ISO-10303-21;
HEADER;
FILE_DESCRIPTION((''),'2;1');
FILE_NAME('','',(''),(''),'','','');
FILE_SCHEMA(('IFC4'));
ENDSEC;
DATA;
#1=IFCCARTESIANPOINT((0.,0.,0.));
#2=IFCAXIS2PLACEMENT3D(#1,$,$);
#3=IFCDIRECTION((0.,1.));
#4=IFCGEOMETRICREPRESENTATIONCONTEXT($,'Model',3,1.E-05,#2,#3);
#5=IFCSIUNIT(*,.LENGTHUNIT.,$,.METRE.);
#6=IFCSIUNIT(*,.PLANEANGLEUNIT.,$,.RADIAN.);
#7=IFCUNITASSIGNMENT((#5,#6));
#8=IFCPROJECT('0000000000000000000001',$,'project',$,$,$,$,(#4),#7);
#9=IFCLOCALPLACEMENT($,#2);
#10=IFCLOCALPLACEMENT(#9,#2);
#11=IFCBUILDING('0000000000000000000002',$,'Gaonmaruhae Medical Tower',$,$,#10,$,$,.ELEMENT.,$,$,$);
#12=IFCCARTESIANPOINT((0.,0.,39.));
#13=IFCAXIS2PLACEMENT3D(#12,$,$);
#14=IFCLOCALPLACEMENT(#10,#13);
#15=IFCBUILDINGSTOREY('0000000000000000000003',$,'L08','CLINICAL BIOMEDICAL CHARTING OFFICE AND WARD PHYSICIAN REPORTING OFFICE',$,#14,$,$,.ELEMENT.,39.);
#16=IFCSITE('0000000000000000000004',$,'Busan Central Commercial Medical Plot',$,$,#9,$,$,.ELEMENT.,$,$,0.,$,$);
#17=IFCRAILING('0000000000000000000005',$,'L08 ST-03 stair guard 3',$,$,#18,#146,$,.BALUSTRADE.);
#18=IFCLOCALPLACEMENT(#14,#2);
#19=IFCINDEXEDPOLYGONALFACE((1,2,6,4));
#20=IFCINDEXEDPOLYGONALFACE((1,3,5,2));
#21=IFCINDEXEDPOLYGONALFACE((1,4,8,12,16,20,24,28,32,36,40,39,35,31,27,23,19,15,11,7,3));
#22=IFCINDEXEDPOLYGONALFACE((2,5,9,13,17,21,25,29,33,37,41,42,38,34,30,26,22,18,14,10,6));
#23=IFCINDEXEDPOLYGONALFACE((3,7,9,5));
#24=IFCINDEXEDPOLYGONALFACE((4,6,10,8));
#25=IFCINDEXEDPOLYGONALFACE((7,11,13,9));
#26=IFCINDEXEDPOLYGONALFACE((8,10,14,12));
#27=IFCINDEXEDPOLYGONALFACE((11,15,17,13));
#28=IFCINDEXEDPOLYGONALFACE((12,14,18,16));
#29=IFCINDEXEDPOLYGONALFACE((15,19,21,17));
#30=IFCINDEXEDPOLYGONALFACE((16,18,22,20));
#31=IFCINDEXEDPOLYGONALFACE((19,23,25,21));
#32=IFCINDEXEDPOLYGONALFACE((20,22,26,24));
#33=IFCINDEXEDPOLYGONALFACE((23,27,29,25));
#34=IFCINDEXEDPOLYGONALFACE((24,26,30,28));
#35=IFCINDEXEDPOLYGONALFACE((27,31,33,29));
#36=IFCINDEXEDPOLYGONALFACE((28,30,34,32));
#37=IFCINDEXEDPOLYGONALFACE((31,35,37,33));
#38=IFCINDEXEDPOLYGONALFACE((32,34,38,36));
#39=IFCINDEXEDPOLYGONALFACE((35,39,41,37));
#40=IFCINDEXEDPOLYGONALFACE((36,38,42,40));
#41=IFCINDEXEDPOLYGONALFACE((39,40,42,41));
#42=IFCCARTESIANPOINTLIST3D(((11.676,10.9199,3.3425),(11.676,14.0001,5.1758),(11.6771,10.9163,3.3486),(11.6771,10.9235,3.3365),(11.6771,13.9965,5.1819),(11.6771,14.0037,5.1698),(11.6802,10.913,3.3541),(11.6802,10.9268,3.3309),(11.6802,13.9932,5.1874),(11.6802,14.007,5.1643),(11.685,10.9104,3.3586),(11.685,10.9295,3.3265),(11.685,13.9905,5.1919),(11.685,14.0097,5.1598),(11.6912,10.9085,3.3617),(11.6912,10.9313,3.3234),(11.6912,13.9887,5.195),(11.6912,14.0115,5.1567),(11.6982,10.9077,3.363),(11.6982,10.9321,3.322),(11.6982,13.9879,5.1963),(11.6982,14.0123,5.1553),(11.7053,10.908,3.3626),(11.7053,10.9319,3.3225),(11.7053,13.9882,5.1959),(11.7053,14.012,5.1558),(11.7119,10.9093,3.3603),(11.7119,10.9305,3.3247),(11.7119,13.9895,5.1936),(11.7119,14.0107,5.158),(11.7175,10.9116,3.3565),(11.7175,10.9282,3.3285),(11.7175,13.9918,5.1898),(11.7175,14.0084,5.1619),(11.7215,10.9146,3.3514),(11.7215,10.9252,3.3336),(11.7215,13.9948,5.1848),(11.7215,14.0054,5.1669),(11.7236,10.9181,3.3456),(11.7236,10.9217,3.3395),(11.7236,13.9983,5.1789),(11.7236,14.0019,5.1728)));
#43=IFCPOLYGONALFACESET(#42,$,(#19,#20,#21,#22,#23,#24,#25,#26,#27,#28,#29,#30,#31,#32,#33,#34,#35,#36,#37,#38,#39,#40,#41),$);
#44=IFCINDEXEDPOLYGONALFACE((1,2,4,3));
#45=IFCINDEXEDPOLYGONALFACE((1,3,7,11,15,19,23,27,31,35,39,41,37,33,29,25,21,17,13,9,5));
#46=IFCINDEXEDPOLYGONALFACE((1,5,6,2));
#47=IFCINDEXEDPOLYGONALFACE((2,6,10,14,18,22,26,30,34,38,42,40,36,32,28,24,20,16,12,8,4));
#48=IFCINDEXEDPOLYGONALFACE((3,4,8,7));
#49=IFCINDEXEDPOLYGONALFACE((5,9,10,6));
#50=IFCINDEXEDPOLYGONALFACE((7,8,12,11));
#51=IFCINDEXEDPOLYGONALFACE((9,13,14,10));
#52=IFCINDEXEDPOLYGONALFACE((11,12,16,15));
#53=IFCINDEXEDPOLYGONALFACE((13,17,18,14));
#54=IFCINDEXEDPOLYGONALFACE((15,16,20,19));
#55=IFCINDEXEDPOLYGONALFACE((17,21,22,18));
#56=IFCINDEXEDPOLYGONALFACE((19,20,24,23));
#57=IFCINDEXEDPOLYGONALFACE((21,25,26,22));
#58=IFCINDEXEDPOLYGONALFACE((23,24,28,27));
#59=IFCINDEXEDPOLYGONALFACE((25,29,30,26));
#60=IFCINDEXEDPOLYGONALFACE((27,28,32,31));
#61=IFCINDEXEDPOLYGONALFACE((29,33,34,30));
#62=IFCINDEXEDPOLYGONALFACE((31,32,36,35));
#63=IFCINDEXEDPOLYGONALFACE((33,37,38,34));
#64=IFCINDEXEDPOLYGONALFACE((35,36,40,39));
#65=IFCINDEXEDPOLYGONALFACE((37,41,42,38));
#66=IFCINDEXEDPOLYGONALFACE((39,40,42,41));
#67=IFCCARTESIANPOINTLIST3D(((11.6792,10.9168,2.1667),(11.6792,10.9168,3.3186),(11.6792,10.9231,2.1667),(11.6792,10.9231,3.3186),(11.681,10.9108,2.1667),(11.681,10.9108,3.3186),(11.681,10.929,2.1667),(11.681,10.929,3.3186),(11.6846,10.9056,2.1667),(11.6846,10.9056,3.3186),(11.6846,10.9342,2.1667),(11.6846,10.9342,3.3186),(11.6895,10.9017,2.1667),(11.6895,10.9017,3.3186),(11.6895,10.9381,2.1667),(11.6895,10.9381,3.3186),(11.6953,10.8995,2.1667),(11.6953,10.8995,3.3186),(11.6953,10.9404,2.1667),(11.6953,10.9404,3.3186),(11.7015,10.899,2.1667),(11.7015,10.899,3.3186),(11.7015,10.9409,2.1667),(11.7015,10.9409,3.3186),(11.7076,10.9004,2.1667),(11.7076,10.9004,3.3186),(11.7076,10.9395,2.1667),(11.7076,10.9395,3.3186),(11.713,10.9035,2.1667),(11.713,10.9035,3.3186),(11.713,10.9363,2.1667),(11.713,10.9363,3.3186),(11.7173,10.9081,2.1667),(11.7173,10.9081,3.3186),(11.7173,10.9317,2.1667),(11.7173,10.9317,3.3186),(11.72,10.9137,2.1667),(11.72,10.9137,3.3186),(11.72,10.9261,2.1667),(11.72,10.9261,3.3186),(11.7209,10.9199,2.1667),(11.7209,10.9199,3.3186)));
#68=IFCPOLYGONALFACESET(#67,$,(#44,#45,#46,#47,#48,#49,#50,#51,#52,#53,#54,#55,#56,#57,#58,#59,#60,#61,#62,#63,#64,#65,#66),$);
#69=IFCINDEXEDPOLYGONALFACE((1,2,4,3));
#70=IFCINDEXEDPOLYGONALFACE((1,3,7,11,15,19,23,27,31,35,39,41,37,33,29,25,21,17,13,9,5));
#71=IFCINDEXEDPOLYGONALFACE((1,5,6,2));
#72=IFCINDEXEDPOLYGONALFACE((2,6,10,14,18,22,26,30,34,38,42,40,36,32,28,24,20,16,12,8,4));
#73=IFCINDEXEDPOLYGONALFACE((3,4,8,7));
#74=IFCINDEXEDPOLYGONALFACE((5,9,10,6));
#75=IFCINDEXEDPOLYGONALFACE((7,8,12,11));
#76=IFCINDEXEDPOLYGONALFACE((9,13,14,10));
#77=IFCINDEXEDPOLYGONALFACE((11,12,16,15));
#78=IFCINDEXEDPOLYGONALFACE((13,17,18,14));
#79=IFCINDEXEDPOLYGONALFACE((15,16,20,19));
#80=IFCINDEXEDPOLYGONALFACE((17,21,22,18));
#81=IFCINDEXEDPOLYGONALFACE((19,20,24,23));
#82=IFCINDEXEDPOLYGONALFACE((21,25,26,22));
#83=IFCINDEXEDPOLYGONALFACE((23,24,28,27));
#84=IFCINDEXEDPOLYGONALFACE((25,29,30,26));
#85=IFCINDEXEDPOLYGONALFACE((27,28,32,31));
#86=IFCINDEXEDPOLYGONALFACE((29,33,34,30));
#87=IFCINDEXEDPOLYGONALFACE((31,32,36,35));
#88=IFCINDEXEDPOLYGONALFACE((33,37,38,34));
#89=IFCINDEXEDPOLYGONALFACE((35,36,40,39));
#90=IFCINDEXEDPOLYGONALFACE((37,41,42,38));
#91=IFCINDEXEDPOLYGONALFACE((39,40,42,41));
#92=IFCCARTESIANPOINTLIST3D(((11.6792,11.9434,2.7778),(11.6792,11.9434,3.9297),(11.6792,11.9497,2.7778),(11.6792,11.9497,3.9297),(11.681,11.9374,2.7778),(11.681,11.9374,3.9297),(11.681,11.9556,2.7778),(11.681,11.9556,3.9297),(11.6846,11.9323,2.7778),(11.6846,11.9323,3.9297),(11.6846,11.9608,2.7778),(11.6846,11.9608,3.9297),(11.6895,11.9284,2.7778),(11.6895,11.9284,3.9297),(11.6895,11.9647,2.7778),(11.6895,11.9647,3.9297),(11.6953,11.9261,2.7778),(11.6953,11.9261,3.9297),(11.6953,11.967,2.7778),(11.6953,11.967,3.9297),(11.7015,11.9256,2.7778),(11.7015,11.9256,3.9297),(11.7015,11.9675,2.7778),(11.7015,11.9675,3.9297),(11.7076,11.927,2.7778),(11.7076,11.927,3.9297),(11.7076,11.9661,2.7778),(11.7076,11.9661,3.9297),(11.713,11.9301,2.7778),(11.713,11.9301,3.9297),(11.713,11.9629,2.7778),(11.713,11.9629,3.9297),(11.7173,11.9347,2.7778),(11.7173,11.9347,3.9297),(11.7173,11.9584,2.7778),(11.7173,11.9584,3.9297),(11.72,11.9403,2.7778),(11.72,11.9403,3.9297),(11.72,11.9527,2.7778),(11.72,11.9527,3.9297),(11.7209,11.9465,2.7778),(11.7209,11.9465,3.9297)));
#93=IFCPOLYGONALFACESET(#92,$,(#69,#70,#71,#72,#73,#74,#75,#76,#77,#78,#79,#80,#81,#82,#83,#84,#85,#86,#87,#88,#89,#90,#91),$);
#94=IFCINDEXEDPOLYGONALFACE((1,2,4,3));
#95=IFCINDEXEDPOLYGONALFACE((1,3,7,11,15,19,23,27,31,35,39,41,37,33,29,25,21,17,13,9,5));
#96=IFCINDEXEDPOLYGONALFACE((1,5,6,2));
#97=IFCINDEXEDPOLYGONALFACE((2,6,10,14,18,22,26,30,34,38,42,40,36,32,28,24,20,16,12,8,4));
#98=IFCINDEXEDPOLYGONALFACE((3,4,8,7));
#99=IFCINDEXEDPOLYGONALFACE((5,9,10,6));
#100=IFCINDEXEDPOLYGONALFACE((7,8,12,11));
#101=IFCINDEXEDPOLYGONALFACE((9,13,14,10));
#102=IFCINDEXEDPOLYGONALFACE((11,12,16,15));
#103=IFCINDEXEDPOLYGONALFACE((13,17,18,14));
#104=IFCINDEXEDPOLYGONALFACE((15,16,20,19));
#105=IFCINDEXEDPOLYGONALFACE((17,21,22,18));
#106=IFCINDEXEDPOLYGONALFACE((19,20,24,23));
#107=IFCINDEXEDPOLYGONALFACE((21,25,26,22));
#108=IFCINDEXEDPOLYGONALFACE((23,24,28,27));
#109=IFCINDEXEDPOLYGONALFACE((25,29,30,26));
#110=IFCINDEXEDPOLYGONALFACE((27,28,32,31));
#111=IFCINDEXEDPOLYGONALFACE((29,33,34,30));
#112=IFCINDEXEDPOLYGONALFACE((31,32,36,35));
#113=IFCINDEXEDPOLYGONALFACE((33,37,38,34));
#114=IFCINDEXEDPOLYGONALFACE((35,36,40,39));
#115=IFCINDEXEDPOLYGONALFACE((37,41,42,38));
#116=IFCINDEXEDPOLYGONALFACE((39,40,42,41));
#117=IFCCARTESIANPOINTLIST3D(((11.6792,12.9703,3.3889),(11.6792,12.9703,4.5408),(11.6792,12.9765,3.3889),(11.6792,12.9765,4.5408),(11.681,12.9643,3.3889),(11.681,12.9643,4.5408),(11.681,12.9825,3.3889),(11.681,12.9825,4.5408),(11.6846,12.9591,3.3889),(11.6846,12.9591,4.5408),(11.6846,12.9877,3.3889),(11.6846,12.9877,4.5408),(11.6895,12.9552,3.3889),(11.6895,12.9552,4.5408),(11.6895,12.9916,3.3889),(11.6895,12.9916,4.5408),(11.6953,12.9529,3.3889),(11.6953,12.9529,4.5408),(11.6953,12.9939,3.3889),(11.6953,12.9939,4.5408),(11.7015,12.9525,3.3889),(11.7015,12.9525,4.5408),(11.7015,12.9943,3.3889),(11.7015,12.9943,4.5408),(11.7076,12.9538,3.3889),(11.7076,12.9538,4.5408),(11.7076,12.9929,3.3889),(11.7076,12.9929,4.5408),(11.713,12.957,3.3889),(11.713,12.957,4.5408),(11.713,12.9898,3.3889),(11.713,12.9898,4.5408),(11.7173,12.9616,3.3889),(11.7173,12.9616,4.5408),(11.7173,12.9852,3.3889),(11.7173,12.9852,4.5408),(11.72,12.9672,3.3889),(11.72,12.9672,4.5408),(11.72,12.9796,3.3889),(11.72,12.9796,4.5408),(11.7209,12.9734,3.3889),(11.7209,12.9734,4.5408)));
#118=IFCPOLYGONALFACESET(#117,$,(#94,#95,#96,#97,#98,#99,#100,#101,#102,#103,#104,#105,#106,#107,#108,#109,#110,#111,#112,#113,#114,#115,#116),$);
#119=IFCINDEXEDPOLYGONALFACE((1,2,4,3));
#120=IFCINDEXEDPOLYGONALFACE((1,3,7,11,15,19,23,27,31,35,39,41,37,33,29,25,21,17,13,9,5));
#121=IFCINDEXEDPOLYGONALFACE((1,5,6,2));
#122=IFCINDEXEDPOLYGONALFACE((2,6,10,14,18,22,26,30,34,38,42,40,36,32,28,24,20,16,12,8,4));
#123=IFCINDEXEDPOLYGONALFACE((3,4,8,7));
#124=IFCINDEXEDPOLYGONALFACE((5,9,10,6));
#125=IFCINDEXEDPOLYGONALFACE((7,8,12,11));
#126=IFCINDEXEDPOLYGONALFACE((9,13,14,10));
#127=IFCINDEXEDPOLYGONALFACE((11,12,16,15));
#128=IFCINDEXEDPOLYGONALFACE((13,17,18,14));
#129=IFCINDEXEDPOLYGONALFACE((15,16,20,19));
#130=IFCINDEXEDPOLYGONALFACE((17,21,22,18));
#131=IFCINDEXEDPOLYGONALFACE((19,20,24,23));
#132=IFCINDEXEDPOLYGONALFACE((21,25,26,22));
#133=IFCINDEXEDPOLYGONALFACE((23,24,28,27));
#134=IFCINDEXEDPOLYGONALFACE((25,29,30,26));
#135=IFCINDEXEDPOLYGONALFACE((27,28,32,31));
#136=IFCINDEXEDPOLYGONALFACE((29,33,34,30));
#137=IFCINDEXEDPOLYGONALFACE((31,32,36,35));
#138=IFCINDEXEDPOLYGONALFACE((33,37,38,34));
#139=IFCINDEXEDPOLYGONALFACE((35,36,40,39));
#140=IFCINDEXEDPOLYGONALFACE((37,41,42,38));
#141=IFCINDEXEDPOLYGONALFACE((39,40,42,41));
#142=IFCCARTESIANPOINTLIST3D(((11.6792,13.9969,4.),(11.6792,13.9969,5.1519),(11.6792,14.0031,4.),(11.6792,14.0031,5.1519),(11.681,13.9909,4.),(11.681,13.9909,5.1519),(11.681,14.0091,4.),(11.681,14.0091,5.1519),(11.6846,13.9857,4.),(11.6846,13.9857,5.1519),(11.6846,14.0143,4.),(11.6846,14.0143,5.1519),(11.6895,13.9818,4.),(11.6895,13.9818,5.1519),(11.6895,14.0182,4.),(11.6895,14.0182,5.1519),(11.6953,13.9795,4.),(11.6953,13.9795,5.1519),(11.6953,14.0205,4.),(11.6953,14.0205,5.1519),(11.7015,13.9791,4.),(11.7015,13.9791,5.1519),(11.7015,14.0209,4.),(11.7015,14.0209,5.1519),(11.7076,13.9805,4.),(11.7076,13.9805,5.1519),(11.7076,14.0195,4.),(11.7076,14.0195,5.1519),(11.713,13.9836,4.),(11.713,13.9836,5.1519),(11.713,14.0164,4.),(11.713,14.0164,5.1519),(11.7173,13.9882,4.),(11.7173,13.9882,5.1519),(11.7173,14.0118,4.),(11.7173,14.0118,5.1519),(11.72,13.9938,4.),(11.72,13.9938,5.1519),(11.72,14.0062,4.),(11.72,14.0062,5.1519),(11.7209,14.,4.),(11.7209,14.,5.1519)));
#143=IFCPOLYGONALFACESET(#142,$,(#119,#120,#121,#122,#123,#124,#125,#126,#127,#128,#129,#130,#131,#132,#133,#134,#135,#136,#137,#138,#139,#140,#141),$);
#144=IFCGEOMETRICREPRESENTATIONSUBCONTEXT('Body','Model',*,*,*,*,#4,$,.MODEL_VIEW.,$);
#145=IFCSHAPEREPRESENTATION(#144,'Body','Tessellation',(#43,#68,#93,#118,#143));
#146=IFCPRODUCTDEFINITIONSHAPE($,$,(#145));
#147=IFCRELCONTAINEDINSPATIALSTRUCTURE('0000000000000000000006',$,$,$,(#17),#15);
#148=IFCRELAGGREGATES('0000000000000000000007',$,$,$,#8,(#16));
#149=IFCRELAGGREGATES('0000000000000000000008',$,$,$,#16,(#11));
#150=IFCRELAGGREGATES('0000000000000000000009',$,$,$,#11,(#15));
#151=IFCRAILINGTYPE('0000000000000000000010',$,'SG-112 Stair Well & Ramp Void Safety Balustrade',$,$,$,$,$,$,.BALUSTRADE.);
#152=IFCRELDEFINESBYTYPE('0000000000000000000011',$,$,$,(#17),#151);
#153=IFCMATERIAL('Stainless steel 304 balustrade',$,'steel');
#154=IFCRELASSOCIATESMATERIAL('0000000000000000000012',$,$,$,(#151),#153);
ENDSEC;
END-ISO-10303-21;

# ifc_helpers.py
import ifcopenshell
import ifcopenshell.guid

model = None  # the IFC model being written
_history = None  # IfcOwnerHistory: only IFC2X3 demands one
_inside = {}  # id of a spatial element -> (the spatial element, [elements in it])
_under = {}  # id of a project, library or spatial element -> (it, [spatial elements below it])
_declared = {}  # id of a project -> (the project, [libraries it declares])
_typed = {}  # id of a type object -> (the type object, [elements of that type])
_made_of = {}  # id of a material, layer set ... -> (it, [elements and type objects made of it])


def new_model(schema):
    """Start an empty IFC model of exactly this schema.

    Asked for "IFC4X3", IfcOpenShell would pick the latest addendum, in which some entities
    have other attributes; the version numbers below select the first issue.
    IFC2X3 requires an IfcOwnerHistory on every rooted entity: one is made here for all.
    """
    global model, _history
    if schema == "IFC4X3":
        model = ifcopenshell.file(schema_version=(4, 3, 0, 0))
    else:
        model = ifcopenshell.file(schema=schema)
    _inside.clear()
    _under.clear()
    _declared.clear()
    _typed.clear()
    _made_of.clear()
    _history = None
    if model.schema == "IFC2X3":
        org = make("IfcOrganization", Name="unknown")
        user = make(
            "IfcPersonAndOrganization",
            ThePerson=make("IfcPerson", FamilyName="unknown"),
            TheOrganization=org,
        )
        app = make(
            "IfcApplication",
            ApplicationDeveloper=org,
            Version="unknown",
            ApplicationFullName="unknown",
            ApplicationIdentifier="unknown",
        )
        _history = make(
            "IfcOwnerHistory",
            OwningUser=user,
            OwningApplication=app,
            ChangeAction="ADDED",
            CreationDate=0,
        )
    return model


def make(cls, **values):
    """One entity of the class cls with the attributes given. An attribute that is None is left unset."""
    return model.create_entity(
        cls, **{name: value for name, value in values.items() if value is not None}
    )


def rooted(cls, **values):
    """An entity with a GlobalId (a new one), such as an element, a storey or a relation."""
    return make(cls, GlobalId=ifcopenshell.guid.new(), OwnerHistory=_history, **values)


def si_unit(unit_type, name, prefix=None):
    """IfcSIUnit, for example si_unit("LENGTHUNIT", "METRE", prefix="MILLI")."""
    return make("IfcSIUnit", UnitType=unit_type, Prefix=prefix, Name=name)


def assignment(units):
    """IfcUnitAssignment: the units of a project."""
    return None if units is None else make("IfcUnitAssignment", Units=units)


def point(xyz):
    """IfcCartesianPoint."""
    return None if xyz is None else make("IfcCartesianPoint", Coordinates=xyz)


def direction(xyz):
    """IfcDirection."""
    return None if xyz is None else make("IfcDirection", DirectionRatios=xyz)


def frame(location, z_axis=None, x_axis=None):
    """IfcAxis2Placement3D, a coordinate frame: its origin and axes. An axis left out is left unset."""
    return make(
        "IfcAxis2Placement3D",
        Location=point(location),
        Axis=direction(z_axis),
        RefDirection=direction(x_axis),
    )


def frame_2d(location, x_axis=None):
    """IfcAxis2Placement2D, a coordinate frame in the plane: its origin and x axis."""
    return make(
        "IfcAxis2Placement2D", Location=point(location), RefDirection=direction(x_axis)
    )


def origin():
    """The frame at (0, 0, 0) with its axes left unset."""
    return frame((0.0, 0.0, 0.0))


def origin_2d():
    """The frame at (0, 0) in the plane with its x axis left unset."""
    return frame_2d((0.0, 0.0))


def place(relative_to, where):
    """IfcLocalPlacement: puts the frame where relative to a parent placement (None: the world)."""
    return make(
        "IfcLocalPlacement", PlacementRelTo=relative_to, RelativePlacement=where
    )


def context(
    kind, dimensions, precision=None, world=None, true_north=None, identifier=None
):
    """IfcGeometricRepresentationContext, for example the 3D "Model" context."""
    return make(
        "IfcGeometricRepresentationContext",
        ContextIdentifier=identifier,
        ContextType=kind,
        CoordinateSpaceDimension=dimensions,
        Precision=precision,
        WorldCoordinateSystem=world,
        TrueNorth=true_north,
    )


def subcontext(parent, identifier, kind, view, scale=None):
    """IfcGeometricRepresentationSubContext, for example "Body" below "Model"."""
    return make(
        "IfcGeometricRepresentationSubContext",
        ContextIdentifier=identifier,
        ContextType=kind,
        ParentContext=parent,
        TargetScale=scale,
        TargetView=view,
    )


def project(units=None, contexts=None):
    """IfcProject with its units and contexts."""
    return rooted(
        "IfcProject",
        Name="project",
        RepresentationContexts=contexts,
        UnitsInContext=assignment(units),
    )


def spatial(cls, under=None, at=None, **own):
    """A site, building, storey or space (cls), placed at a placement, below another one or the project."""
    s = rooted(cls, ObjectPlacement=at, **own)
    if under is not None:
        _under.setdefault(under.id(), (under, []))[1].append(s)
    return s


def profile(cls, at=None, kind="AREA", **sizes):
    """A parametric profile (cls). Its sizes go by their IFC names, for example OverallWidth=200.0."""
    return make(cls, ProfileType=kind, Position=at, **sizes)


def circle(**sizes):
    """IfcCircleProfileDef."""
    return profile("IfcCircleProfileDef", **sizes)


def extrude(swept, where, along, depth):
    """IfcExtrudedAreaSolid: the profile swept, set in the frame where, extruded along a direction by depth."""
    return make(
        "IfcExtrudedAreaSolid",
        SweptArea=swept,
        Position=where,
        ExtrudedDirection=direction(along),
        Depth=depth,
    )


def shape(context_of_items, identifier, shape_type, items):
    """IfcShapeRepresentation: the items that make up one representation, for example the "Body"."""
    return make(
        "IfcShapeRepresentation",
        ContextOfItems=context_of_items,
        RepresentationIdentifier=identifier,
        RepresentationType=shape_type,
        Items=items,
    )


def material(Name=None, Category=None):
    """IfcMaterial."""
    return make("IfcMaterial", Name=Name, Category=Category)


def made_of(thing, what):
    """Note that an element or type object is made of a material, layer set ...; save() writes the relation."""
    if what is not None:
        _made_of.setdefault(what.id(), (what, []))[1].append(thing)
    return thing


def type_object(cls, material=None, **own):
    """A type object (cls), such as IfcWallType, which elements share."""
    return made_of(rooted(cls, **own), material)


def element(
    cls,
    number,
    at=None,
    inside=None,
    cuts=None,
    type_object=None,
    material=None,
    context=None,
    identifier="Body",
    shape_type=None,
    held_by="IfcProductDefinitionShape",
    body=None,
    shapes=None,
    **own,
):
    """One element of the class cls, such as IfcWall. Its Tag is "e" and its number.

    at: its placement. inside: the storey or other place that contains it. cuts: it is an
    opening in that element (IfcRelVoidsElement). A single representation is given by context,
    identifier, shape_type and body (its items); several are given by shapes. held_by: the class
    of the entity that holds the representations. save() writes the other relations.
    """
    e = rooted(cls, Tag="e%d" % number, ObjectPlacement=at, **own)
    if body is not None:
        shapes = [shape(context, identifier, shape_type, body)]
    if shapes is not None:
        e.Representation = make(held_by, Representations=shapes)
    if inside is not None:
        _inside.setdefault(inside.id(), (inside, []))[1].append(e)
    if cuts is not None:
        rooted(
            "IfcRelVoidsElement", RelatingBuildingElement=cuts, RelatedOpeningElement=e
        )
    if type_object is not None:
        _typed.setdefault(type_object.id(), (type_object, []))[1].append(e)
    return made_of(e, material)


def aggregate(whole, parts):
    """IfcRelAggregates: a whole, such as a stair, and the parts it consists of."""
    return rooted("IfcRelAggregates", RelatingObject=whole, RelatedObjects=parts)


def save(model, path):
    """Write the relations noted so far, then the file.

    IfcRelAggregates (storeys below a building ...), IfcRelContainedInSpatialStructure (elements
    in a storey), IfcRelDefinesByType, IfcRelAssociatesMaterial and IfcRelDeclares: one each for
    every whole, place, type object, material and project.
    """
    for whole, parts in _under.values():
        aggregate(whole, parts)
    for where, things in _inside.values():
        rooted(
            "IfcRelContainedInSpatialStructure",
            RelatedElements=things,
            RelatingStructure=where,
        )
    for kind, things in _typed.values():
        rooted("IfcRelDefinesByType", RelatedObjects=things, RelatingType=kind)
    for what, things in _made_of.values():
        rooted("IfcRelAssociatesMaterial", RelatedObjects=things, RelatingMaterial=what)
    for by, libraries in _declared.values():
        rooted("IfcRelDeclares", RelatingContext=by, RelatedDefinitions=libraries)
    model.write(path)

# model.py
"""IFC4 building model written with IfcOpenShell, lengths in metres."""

from ifc_helpers import new_model, si_unit, direction, frame, origin, origin_2d, place, context, subcontext, project, spatial, circle, extrude, material, type_object, element, save


model = new_model("IFC4")

# Units and contexts
model_context = context("Model", 3, precision=1e-05, world=origin(), true_north=direction((0.0, 1.0)))
body_context = subcontext(model_context, "Body", "Model", "MODEL_VIEW")
ifc_project = project(units=[si_unit("LENGTHUNIT", "METRE"), si_unit("PLANEANGLEUNIT", "RADIAN")], contexts=[model_context])

# Site, building, storey
site_placement = place(None, origin())
site = spatial("IfcSite", under=ifc_project, at=site_placement, Name="Busan Central Commercial Medical Plot", CompositionType="ELEMENT", RefElevation=0.0)
building_placement = place(site_placement, origin())
building = spatial("IfcBuilding", under=site, at=building_placement, Name="Gaonmaruhae Medical Tower", CompositionType="ELEMENT")
storey_placement = place(building_placement, frame((0.0, 0.0, 39.0)))
storey = spatial("IfcBuildingStorey", under=building, at=storey_placement, Name="L08", Description="CLINICAL BIOMEDICAL CHARTING OFFICE AND WARD PHYSICIAN REPORTING OFFICE", CompositionType="ELEMENT", Elevation=39.0)

# Railing
ifc_material_1 = material(Name="Stainless steel 304 balustrade", Category="steel")
railing_type_1 = type_object("IfcRailingType", Name="SG-112 Stair Well & Ramp Void Safety Balustrade", PredefinedType="BALUSTRADE", material=ifc_material_1)
railing_1_placement = place(storey_placement, frame((11.7, 10.9199, 2.1667)))
element("IfcRailing", 1, at=railing_1_placement, inside=storey, type_object=railing_type_1, Name="L08 ST-03 stair guard 3", PredefinedType="BALUSTRADE", context=body_context, shape_type="SweptSolid", body=[
    extrude(circle(Radius=0.0239, at=origin_2d()), frame((0.0, 0.0, 1.1758), z_axis=(0.0, 0.859309, 0.511458), x_axis=(-1.0, 0.0, 0.0)), (0.0, 0.0, 1.0), 3.5845),
    extrude(circle(Radius=0.021, at=origin_2d()), origin(), (0.0, 0.0, 1.0), 1.1519),
    extrude(circle(Radius=0.021, at=origin_2d()), frame((0.0, 1.0266, 0.6111)), (0.0, 0.0, 1.0), 1.1519),
    extrude(circle(Radius=0.021, at=origin_2d()), frame((0.0, 2.0535, 1.2222)), (0.0, 0.0, 1.0), 1.1519),
    extrude(circle(Radius=0.021, at=origin_2d()), frame((0.0, 3.0801, 1.8333)), (0.0, 0.0, 1.0), 1.1519),
])

save(model, "model.ifc")
